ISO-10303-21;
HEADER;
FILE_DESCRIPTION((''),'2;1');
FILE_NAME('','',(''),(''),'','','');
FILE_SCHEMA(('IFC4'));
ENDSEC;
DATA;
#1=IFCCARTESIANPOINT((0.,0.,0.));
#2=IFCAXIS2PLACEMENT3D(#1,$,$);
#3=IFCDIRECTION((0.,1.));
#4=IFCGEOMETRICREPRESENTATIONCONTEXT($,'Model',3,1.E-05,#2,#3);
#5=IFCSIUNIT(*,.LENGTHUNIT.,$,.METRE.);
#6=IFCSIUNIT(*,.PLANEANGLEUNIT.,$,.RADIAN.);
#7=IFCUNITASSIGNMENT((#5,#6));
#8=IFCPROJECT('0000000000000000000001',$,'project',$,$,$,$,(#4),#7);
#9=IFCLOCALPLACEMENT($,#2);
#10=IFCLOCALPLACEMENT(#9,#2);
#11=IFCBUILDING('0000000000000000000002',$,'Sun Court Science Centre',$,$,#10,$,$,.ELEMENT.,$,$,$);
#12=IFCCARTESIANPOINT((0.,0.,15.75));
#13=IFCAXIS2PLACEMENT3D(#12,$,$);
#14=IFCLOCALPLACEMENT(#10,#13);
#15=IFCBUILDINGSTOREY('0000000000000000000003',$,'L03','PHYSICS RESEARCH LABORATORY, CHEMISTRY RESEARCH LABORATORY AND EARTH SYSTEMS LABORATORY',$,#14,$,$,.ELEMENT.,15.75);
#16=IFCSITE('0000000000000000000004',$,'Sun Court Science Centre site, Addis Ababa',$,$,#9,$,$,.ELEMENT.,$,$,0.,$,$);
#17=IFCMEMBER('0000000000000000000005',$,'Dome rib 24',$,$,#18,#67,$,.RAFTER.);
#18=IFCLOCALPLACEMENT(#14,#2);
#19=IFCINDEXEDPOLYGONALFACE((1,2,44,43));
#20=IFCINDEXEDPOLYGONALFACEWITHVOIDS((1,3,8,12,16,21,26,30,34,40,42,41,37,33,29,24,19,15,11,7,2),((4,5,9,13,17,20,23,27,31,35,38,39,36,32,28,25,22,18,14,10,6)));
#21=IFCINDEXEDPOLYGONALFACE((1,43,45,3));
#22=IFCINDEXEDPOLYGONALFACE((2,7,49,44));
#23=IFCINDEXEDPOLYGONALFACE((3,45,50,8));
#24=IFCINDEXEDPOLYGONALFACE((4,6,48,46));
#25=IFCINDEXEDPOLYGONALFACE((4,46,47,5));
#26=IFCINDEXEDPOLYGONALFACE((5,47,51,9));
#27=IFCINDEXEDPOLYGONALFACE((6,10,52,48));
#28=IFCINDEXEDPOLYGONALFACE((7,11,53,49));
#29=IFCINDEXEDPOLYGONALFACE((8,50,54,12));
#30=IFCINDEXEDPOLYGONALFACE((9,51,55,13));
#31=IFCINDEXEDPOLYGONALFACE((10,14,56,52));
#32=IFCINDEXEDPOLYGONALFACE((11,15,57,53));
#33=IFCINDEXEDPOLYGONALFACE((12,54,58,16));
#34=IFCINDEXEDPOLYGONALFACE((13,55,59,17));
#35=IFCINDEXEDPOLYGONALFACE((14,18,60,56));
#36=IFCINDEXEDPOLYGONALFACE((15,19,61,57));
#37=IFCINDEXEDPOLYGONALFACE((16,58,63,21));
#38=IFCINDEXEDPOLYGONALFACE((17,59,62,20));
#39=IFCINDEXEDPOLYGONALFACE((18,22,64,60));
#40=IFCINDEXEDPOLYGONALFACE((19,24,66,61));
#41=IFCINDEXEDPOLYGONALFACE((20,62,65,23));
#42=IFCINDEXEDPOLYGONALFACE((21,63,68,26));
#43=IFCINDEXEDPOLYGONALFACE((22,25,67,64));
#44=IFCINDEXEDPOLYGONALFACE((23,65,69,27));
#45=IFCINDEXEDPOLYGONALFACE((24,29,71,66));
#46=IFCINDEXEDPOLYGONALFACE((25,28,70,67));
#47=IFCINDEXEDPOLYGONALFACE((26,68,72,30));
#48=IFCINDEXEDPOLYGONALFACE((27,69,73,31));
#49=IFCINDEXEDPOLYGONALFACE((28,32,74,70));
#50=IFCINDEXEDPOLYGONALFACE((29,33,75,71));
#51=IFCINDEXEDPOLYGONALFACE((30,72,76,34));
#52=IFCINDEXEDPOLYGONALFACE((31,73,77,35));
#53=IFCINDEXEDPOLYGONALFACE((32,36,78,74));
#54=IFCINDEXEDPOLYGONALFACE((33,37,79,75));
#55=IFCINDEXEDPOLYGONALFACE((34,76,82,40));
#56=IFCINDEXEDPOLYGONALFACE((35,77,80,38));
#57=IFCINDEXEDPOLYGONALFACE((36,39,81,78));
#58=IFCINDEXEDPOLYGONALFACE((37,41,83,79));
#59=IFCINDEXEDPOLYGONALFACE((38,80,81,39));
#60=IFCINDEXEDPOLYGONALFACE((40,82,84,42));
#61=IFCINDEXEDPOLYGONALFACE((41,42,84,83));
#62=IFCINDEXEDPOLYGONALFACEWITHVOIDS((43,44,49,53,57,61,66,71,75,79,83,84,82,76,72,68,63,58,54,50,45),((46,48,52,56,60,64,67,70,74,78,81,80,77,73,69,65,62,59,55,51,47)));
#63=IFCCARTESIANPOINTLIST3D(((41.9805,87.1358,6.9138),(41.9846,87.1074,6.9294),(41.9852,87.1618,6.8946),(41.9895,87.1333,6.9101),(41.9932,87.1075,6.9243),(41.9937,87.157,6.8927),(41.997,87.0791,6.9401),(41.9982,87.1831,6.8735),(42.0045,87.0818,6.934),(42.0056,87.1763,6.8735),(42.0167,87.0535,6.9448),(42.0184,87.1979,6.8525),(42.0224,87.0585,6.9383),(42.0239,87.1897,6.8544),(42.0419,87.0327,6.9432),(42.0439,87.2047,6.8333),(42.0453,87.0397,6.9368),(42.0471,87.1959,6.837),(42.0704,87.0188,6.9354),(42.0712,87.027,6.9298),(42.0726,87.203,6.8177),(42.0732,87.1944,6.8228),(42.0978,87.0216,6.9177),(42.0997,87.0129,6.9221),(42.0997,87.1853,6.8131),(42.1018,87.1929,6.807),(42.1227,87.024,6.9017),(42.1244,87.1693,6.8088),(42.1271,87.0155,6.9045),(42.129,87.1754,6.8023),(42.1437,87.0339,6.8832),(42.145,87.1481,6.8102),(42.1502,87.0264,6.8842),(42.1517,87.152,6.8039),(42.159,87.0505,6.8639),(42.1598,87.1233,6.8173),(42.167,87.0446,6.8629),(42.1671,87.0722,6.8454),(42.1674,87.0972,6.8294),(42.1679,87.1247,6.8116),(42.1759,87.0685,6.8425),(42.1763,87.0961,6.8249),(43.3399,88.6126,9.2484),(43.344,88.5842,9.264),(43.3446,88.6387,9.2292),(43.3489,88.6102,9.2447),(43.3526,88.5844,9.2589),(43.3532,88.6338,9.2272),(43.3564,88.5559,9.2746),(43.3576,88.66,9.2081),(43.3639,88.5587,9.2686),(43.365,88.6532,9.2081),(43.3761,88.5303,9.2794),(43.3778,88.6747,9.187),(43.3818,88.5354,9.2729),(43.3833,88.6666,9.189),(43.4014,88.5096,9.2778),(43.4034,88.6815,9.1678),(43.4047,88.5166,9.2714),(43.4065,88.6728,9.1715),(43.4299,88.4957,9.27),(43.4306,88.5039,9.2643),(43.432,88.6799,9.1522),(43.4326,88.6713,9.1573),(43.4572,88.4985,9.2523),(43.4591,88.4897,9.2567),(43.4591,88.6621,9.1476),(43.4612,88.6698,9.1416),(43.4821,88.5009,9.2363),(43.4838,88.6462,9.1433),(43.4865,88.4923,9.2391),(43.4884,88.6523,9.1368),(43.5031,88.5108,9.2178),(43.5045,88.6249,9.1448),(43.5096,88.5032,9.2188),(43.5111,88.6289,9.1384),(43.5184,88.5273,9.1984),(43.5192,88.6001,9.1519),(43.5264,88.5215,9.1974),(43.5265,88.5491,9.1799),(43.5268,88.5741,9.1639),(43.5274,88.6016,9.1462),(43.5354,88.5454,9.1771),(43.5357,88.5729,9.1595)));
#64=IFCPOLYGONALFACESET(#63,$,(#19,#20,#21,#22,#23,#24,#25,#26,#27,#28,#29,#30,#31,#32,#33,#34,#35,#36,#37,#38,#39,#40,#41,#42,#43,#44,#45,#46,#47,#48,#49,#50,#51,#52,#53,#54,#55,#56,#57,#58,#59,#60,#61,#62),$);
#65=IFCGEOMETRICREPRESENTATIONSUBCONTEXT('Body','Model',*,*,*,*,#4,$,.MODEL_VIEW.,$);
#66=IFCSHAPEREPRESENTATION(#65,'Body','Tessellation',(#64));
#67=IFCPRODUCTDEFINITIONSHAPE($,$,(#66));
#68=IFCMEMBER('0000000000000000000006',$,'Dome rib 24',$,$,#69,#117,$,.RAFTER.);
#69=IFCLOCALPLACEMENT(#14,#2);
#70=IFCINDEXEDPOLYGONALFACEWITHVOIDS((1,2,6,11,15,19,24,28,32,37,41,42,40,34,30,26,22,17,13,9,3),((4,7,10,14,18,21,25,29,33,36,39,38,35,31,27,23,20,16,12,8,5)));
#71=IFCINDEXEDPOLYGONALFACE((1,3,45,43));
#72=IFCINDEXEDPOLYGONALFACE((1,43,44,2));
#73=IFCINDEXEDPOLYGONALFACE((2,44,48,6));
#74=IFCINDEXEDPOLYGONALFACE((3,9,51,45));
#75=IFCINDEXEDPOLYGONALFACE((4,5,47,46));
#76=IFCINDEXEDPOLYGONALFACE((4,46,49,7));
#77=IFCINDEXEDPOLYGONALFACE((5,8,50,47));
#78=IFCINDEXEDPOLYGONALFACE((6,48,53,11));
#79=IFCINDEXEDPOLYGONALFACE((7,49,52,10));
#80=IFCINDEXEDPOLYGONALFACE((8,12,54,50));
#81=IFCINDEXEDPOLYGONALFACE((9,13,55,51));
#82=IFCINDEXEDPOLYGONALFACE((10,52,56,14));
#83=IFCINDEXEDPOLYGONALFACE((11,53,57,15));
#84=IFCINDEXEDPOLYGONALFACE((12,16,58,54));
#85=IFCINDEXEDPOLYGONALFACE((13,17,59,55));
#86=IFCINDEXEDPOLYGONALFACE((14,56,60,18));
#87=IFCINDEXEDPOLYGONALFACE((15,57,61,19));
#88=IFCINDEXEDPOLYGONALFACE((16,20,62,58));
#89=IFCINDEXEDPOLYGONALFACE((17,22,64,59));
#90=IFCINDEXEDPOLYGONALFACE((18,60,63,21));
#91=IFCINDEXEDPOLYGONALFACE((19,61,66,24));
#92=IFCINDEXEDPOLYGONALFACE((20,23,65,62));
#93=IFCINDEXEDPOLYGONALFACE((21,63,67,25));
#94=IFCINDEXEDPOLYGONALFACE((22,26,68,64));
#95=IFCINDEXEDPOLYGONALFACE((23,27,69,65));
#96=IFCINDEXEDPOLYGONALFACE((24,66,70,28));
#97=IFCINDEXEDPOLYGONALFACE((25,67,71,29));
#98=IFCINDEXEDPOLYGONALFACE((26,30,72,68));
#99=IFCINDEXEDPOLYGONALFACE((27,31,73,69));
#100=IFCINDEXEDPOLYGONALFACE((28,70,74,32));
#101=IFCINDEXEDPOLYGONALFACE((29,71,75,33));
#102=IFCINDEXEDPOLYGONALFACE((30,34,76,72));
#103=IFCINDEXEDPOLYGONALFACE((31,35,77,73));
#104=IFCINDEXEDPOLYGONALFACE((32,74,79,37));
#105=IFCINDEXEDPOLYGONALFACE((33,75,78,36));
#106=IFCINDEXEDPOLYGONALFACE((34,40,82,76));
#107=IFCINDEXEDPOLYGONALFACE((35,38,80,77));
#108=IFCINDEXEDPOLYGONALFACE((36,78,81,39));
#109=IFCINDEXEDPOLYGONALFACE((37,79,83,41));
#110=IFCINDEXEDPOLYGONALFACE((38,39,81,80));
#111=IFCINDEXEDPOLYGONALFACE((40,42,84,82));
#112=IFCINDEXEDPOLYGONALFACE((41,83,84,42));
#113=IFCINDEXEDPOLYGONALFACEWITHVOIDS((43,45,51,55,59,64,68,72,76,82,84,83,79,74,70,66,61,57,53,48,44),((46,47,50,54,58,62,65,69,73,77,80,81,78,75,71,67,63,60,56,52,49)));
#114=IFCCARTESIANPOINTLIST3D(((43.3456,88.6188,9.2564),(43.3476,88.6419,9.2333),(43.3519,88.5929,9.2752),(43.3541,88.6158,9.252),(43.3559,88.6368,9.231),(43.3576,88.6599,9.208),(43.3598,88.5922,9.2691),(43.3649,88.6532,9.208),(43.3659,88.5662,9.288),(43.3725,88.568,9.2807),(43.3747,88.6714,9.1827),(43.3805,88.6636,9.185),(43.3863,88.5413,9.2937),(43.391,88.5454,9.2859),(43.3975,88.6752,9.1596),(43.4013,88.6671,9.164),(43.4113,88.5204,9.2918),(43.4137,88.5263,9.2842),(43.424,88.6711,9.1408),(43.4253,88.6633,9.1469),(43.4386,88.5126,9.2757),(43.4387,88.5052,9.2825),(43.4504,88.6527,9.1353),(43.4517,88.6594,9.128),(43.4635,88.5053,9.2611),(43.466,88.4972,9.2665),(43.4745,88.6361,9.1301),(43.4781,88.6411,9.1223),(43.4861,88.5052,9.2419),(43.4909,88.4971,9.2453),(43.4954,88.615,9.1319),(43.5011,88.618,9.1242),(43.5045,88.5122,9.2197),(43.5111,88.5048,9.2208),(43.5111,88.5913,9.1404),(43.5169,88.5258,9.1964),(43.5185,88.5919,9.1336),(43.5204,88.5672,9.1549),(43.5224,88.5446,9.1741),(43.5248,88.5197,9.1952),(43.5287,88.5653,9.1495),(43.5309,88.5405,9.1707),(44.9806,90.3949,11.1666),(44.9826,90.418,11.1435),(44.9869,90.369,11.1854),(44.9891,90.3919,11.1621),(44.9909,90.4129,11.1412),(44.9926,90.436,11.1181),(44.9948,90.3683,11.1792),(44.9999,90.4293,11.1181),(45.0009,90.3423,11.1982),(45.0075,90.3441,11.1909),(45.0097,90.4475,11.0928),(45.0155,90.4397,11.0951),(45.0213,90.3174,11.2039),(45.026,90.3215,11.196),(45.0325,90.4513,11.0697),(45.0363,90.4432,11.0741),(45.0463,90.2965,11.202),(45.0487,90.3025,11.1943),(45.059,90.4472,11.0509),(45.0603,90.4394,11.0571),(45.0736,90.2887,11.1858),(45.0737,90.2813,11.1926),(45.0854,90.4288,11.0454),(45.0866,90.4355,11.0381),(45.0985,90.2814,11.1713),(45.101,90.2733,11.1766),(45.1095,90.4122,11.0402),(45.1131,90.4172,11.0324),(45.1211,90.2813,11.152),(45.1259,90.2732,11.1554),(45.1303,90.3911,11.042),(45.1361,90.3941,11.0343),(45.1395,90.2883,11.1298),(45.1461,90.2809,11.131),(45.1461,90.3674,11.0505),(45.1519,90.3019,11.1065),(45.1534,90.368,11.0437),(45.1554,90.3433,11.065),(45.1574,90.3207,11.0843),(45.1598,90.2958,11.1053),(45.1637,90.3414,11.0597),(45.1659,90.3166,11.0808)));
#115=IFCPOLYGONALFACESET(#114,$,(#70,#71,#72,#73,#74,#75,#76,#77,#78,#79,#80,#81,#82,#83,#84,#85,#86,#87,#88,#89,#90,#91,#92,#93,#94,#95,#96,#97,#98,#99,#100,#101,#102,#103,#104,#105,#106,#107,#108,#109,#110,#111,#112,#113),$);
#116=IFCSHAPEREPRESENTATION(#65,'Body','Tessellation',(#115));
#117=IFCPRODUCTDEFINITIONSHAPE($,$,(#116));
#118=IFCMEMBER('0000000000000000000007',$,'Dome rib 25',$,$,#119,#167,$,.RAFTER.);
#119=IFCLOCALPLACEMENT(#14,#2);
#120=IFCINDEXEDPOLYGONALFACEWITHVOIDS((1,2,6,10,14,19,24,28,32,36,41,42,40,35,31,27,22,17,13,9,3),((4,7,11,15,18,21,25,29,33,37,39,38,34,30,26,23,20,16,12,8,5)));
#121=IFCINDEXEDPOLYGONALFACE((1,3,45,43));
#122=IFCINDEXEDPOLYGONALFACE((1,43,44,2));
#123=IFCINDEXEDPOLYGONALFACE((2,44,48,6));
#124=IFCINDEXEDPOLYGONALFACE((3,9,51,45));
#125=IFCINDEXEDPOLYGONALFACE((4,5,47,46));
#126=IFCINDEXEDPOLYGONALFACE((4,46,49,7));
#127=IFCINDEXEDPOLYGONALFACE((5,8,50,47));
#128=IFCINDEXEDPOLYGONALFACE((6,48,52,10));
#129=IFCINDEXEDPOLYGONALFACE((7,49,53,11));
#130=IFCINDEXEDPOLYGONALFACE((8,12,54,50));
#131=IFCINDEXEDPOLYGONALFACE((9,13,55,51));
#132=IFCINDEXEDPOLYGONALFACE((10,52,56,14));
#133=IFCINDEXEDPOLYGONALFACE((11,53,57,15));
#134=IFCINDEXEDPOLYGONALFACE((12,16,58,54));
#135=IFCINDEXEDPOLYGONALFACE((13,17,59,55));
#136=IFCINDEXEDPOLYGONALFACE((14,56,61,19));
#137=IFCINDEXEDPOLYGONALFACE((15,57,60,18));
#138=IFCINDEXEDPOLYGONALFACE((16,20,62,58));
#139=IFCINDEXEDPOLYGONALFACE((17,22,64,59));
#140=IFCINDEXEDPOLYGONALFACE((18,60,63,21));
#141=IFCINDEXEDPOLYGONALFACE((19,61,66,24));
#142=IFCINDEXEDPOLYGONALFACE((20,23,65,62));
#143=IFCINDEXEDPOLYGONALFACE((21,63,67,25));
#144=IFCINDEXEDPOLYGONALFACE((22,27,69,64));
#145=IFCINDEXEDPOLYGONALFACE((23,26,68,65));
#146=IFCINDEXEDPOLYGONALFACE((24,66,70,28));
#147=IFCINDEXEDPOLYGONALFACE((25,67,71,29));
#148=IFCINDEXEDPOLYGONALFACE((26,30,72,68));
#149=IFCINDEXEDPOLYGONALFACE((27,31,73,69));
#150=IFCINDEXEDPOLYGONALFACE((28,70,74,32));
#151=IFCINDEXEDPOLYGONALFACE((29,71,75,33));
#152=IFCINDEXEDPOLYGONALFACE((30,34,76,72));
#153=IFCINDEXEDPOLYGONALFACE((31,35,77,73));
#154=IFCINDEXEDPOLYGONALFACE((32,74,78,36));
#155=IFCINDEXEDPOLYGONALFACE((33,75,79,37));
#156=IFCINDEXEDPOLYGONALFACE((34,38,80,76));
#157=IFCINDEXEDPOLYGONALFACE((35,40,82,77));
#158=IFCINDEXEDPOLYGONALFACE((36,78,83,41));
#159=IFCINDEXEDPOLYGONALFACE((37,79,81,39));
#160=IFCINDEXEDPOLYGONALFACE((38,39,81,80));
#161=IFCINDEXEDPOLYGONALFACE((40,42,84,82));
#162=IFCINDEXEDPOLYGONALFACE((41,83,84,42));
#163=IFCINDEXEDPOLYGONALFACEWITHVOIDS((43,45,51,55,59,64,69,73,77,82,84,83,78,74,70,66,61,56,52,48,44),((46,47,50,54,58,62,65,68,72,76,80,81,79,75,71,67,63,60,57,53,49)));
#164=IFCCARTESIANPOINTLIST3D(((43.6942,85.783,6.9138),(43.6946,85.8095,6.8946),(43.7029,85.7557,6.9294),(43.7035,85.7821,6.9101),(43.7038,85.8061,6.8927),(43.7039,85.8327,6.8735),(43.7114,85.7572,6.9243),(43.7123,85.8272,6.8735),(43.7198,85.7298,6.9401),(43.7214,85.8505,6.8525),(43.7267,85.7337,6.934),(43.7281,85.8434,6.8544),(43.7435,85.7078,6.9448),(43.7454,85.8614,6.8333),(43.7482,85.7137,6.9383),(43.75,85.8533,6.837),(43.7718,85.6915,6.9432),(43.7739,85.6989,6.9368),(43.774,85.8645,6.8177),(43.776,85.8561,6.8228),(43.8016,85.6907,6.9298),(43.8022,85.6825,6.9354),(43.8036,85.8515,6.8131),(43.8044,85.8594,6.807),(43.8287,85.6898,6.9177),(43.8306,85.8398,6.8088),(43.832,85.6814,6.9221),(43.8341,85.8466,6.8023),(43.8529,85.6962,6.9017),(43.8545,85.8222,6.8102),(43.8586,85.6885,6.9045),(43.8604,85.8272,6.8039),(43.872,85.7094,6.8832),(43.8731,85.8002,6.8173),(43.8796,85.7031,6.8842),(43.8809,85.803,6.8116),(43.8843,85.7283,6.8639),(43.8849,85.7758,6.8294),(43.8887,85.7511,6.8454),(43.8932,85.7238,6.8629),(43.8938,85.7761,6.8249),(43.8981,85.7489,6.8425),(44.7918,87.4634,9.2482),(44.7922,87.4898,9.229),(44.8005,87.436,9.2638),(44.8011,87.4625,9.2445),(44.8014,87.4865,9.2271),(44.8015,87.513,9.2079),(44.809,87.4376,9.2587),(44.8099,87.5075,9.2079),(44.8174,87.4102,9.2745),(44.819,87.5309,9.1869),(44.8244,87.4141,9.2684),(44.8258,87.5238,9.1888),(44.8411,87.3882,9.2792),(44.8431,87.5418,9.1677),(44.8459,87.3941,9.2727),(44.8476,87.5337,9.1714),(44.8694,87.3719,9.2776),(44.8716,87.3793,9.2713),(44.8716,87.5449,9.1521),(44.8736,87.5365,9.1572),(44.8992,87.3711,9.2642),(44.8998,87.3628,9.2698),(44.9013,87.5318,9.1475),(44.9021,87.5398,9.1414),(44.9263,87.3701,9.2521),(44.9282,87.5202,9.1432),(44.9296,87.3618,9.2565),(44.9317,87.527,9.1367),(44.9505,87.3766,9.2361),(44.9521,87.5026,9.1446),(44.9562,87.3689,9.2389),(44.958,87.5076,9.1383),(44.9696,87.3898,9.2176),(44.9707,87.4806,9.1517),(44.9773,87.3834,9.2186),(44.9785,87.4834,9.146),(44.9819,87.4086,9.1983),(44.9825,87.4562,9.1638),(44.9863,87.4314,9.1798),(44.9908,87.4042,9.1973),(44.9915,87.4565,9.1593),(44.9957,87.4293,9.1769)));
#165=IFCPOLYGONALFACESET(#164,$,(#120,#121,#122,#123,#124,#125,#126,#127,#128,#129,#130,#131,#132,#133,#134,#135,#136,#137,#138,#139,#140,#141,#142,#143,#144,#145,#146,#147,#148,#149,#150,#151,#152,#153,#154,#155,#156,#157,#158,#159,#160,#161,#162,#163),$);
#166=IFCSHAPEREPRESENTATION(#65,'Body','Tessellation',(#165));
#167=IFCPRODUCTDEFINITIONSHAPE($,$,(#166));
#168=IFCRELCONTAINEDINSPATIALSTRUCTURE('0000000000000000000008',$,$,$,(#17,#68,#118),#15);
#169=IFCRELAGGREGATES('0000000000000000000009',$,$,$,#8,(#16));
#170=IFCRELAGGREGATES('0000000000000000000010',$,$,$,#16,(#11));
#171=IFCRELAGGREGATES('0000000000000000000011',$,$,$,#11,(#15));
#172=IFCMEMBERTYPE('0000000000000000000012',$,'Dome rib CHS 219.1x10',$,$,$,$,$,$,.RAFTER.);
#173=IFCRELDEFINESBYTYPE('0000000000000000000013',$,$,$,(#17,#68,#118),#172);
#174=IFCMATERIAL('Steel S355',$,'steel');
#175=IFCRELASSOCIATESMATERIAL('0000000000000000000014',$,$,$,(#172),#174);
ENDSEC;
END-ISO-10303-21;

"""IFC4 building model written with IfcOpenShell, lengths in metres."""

from ifc_helpers import new_model, si_unit, direction, frame, origin, origin_2d, place, context, subcontext, project, spatial, hollow_circle, extrude, material, material_profile, profile_set, type_object, element, save


model = new_model("IFC4")

# Units and contexts
model_context = context("Model", 3, precision=1e-05, world=origin(), true_north=direction((0.0, 1.0)))
body_context = subcontext(model_context, "Body", "Model", "MODEL_VIEW")
ifc_project = project(units=[si_unit("LENGTHUNIT", "METRE"), si_unit("PLANEANGLEUNIT", "RADIAN")], contexts=[model_context])

# Site, building, storey
site_placement = place(None, origin())
site = spatial("IfcSite", under=ifc_project, at=site_placement, Name="Sun Court Science Centre site, Addis Ababa", CompositionType="ELEMENT", RefElevation=0.0)
building_placement = place(site_placement, origin())
building = spatial("IfcBuilding", under=site, at=building_placement, Name="Sun Court Science Centre", CompositionType="ELEMENT")
storey_placement = place(building_placement, frame((0.0, 0.0, 15.75)))
storey = spatial("IfcBuildingStorey", under=building, at=storey_placement, Name="L03", Description="PHYSICS RESEARCH LABORATORY, CHEMISTRY RESEARCH LABORATORY AND EARTH SYSTEMS LABORATORY", CompositionType="ELEMENT", Elevation=15.75)

# Members
ifc_material_1 = material(Name="Steel S355", Category="steel")
ifc_material_profile_1 = material_profile(ifc_material_1, hollow_circle(Radius=0.1096, WallThickness=0.01, at=origin_2d()), Name="CHS 219.1x10")
ifc_profile_set_1 = profile_set([ifc_material_profile_1], Name="Steel S355")
member_type_1 = type_object("IfcMemberType", Name="Dome rib CHS 219.1x10", PredefinedType="RAFTER", material=ifc_profile_set_1)
member_1_placement = place(storey_placement, frame((42.0789, 87.1089, 6.8735), z_axis=(0.441537, 0.479679, 0.758257), x_axis=(-0.735754, 0.677249, 0.0)))
element("IfcMember", 1, at=member_1_placement, inside=storey, type_object=member_type_1, Name="Dome rib 24", PredefinedType="RAFTER", context=body_context, shape_type="SweptSolid", body=[
    extrude(hollow_circle(Radius=0.1096, WallThickness=0.01, at=origin_2d()), origin(), (0.0, 0.0, 1.0), 3.0789),
])
member_2_placement = place(storey_placement, frame((43.4382, 88.5857, 9.208), z_axis=(0.531123, 0.576962, 0.620502), x_axis=(-0.735729, 0.677276, 0.0)))
element("IfcMember", 2, at=member_2_placement, inside=storey, type_object=member_type_1, Name="Dome rib 24", PredefinedType="RAFTER", context=body_context, shape_type="SweptSolid", body=[
    extrude(hollow_circle(Radius=0.1096, WallThickness=0.01, at=origin_2d()), origin(), (0.0, 0.0, 1.0), 3.0784),
])
member_3_placement = place(storey_placement, frame((43.7957, 85.7727, 6.8735), z_axis=(0.356532, 0.54582, 0.758265), x_axis=(-0.837216, 0.546872, 0.0)))
element("IfcMember", 3, at=member_3_placement, inside=storey, type_object=member_type_1, Name="Dome rib 25", PredefinedType="RAFTER", context=body_context, shape_type="SweptSolid", body=[
    extrude(hollow_circle(Radius=0.1096, WallThickness=0.01, at=origin_2d()), origin(), (0.0, 0.0, 1.0), 3.0786),
])

save(model, "model.ifc")
